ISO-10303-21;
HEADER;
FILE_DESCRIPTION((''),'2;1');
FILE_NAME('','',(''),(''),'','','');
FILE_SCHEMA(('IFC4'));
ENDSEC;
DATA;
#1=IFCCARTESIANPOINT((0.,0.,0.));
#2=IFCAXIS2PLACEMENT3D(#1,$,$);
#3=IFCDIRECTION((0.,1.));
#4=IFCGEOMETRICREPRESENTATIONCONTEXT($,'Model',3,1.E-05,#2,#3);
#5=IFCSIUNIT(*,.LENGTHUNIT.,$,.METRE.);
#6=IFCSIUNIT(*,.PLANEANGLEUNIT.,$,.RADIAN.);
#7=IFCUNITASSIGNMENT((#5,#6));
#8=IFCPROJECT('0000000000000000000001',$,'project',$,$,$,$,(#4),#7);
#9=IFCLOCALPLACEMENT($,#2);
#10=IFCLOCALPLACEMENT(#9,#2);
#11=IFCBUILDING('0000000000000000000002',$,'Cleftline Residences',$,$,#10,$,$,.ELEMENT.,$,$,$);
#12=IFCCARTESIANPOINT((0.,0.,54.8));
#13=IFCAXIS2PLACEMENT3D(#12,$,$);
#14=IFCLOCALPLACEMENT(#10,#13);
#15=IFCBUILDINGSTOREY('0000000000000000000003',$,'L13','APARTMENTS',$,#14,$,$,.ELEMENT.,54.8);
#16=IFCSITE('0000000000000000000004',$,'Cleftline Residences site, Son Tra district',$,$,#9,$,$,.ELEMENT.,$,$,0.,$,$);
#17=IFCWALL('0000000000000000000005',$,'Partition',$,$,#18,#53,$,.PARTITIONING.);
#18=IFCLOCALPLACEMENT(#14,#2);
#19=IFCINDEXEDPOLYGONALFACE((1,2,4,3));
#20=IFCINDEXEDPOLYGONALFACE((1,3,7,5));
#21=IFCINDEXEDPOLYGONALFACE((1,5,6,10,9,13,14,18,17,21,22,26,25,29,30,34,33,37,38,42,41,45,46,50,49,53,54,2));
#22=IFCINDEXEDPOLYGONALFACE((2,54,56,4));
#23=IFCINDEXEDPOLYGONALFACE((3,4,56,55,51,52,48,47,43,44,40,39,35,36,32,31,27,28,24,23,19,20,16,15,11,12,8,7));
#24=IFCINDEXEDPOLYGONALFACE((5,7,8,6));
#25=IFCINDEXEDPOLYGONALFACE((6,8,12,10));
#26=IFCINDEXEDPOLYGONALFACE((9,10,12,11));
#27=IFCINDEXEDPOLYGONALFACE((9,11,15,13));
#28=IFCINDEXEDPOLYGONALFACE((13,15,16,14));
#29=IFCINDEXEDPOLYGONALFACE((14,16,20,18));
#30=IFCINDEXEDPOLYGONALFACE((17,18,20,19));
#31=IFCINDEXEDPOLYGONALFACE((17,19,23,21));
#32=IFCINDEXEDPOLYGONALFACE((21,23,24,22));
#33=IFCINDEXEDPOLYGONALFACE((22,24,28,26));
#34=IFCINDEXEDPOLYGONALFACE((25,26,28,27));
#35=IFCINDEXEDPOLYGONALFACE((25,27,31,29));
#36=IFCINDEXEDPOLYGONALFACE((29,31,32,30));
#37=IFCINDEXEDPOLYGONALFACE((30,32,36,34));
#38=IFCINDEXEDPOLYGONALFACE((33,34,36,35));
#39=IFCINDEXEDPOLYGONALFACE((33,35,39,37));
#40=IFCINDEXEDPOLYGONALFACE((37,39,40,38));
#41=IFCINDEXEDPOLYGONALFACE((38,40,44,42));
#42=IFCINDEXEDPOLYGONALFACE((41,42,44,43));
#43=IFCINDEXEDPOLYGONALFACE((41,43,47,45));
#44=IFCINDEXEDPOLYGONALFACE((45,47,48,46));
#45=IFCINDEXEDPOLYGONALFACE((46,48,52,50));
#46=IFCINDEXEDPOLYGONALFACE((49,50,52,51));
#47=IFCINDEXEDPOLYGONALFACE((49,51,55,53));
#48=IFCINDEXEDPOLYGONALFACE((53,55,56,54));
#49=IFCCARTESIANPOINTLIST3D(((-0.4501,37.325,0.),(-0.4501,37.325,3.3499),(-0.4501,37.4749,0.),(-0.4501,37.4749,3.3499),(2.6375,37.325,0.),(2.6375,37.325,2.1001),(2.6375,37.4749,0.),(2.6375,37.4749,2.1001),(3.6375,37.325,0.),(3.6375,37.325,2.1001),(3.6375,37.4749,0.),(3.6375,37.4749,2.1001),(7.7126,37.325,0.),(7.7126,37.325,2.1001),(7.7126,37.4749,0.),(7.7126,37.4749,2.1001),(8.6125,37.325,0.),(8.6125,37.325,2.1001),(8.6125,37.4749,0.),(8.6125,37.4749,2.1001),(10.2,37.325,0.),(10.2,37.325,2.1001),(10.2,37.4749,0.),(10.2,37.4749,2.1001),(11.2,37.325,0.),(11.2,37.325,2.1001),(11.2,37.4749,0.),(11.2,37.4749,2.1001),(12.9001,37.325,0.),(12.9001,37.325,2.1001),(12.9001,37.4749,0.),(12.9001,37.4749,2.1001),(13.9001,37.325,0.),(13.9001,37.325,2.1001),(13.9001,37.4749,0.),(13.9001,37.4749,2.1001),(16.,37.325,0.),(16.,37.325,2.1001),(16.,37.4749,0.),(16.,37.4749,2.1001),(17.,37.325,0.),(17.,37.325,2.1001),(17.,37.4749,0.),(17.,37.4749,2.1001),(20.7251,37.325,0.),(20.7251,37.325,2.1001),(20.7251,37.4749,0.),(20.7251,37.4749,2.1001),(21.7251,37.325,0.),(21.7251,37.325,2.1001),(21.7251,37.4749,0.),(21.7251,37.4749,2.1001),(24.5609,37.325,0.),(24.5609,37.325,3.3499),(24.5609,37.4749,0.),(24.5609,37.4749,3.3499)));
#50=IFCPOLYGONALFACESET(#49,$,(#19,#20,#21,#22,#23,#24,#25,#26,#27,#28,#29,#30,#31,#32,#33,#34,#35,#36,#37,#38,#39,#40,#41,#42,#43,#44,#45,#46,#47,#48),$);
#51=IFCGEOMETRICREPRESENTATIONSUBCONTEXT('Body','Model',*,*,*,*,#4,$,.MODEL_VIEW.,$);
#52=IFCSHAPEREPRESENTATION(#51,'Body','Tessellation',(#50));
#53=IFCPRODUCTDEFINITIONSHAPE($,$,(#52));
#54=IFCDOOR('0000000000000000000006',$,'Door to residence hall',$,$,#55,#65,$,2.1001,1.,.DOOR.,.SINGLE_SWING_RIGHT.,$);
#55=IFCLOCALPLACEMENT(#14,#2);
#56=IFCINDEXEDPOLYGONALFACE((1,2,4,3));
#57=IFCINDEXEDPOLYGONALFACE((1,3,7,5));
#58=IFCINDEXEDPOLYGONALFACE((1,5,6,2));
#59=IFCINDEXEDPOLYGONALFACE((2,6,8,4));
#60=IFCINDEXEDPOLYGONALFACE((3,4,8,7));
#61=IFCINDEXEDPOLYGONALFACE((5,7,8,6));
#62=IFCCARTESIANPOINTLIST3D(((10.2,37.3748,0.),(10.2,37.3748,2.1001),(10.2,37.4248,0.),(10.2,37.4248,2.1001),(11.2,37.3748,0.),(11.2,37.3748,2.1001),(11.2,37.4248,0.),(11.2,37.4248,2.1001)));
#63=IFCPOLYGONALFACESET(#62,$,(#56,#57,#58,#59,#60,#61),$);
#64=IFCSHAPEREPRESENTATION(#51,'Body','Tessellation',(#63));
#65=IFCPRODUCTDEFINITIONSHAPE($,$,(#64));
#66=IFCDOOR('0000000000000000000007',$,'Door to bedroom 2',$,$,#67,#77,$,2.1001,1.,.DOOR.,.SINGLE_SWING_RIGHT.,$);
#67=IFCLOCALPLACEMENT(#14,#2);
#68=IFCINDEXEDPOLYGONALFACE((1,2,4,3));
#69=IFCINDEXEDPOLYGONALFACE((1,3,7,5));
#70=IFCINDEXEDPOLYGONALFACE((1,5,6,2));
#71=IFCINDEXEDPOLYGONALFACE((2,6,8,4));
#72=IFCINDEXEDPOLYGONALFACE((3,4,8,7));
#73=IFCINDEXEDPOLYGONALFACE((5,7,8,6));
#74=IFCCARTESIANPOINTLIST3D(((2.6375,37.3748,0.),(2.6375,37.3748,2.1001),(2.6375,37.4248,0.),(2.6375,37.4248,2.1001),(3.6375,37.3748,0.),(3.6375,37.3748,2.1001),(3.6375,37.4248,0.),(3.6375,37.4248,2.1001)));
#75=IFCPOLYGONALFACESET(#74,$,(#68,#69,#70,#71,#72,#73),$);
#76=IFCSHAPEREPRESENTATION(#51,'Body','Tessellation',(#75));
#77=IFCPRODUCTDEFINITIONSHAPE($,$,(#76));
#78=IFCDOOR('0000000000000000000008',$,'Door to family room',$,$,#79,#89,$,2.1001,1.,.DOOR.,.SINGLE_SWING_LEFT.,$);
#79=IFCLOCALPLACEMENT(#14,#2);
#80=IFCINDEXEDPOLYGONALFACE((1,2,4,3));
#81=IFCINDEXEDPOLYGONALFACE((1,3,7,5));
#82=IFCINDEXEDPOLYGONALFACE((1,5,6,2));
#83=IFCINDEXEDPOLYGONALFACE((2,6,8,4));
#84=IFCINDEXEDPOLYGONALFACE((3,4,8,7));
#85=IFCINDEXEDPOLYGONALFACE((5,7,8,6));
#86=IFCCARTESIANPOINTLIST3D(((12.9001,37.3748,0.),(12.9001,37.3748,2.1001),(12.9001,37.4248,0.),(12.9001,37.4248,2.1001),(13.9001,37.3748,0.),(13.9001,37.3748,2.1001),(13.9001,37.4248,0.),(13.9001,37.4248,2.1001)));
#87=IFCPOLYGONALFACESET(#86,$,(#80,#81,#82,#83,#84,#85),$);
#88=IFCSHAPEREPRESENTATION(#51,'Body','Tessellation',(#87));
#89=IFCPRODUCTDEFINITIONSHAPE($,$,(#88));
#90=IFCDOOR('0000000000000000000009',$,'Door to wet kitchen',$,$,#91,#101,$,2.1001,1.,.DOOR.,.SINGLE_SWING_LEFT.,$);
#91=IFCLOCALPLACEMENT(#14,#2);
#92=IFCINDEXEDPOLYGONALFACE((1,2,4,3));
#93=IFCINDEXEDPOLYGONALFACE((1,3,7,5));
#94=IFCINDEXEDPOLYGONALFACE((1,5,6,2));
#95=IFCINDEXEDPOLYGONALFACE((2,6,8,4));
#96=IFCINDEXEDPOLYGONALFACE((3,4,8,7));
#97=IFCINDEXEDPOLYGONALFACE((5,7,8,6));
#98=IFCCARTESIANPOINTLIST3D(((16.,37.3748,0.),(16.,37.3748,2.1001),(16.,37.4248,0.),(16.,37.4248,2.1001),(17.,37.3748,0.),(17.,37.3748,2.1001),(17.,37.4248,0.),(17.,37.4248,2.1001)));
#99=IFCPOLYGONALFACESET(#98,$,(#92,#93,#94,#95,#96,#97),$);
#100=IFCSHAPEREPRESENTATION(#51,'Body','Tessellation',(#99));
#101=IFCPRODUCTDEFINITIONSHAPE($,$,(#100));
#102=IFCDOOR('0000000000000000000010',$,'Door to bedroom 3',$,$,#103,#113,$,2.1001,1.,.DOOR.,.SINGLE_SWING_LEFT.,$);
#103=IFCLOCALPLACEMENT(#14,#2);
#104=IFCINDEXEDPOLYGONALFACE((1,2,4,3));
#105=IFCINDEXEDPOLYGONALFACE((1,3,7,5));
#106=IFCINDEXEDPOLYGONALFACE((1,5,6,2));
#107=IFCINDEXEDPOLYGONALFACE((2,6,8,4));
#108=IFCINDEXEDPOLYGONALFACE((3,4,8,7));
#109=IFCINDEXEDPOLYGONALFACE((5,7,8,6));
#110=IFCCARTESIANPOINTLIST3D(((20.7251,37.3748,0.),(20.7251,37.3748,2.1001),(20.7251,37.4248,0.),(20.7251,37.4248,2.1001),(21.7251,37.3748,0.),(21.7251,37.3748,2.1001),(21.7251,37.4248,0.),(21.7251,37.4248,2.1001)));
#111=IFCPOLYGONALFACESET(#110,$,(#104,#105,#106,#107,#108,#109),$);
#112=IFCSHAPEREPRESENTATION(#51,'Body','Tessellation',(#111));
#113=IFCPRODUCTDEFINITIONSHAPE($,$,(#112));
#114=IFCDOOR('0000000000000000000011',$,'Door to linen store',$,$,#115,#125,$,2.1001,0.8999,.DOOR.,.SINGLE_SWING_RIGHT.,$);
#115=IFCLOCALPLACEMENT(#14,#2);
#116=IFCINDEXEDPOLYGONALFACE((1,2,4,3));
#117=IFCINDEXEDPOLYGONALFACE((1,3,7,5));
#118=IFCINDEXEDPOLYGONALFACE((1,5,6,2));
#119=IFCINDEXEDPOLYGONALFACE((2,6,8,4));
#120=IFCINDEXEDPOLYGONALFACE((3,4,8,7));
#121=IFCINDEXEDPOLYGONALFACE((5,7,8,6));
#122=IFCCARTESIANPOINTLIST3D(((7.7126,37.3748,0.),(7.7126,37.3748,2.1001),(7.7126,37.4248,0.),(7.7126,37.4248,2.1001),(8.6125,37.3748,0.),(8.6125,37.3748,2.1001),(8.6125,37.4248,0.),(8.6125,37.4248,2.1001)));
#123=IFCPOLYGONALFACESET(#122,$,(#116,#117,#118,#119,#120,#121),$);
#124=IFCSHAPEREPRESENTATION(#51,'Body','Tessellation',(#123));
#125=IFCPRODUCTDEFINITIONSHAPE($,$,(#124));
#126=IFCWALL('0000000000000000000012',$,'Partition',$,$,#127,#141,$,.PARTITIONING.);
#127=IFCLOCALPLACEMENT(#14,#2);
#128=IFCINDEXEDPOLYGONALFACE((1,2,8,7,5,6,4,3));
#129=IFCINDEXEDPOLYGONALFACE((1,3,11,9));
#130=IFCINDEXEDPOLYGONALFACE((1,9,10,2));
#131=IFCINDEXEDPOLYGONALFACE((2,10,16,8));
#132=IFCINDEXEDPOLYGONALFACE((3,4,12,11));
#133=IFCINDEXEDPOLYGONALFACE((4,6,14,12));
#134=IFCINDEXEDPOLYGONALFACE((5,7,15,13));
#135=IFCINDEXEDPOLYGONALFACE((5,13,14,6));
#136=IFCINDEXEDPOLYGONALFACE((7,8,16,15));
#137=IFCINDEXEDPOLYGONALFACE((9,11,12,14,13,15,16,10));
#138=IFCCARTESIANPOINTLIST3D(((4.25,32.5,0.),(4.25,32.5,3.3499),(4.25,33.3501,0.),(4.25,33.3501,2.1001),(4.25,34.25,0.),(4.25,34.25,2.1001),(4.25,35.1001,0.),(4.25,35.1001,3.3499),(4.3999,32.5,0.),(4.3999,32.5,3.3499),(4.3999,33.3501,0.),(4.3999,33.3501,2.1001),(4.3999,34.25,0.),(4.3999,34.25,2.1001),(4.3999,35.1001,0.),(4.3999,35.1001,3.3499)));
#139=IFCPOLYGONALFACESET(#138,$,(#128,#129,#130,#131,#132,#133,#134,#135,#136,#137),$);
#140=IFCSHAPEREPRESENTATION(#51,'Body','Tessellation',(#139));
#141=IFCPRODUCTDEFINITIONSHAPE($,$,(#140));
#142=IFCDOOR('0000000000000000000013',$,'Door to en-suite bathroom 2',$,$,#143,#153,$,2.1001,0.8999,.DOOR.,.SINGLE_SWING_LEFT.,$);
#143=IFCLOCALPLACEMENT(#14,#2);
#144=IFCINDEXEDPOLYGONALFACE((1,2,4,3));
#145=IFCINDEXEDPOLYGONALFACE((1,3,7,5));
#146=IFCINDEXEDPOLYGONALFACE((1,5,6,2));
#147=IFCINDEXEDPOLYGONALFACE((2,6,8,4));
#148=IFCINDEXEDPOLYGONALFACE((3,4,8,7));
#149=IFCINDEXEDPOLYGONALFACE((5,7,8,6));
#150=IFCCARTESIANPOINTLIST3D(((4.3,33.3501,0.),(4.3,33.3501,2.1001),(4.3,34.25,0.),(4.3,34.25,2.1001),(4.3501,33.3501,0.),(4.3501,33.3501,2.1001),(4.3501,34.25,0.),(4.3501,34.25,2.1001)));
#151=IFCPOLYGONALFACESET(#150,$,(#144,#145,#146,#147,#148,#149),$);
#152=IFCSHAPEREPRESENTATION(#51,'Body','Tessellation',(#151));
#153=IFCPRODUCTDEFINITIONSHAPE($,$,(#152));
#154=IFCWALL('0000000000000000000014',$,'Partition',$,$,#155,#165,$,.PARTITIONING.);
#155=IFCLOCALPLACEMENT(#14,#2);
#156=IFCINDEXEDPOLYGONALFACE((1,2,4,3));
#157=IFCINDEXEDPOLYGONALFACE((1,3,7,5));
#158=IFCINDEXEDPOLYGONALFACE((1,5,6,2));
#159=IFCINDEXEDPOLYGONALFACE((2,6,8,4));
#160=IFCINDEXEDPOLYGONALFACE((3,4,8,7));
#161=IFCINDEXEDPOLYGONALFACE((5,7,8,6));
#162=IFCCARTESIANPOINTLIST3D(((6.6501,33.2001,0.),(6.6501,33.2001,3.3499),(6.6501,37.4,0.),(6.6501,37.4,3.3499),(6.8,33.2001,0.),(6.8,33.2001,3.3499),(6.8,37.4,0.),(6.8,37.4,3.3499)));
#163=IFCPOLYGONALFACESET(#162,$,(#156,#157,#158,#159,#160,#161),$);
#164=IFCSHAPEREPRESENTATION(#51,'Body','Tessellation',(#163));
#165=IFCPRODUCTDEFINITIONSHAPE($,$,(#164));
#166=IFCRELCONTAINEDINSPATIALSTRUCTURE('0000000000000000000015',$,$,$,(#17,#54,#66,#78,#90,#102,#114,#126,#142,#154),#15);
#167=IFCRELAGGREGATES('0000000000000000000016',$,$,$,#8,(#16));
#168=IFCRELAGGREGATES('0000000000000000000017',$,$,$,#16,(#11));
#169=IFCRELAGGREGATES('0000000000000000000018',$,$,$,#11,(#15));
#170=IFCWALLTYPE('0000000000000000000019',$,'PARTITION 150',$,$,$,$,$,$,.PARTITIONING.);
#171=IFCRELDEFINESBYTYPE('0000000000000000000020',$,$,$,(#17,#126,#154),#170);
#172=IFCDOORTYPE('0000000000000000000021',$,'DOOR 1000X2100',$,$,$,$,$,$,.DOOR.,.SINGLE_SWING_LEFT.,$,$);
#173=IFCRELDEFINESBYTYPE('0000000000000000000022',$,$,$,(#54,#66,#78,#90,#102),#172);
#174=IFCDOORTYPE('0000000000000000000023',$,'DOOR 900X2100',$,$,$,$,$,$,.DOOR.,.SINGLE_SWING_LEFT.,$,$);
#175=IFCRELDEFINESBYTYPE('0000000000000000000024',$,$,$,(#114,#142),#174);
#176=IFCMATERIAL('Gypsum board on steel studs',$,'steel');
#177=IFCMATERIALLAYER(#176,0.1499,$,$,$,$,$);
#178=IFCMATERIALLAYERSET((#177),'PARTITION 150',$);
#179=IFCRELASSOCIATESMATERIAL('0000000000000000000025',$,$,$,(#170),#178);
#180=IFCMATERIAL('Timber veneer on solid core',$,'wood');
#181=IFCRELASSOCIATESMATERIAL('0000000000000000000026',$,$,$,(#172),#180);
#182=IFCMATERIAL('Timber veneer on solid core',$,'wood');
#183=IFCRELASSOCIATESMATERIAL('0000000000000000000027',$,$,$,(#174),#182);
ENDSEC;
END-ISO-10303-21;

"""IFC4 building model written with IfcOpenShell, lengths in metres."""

from ifc_helpers import new_model, si_unit, direction, frame, frame_2d, origin, place, context, subcontext, project, spatial, rectangle, extrude, material, layer, layer_set, type_object, element, fill, save


model = new_model("IFC4")

# Units and contexts
model_context = context("Model", 3, precision=1e-05, world=origin(), true_north=direction((0.0, 1.0)))
body_context = subcontext(model_context, "Body", "Model", "MODEL_VIEW")
ifc_project = project(units=[si_unit("LENGTHUNIT", "METRE"), si_unit("PLANEANGLEUNIT", "RADIAN")], contexts=[model_context])

# Site, building, storey
site_placement = place(None, origin())
site = spatial("IfcSite", under=ifc_project, at=site_placement, Name="Cleftline Residences site, Son Tra district", CompositionType="ELEMENT", RefElevation=0.0)
building_placement = place(site_placement, origin())
building = spatial("IfcBuilding", under=site, at=building_placement, Name="Cleftline Residences", CompositionType="ELEMENT")
storey_placement = place(building_placement, frame((0.0, 0.0, 54.8)))
storey = spatial("IfcBuildingStorey", under=building, at=storey_placement, Name="L13", Description="APARTMENTS", CompositionType="ELEMENT", Elevation=54.8)

# Shared definitions
ifc_material_1 = material(Name="Gypsum board on steel studs", Category="steel")
ifc_layer = layer(ifc_material_1, 0.1499)
ifc_layer_set = layer_set([ifc_layer], Name="PARTITION 150")
wall_type = type_object("IfcWallType", Name="PARTITION 150", PredefinedType="PARTITIONING", material=ifc_layer_set)

# Wall, openings, doors
wall_1_placement = place(storey_placement, frame((-0.45, 37.3999, 0.0), z_axis=(0.0, 0.0, 1.0), x_axis=(1.0, 0.0, 0.0)))
wall_1 = element("IfcWall", 1, at=wall_1_placement, inside=storey, type_object=wall_type, Name="Partition", PredefinedType="PARTITIONING", context=body_context, shape_type="SweptSolid", body=[
    extrude(rectangle(XDim=25.011, YDim=0.1499, at=frame_2d((12.5054, 0.0))), origin(), (0.0, 0.0, 1.0), 3.3499),
])
opening_1_placement = place(wall_1_placement, frame((10.6499, 0.0, 0.0)))
opening_1 = element("IfcOpeningElement", 2, at=opening_1_placement, cuts=wall_1, PredefinedType="OPENING", context=body_context, shape_type="SweptSolid", body=[
    extrude(rectangle(XDim=1.0, YDim=2.1001, at=frame_2d((0.5, 1.05))), frame((0.0, 0.085, 0.0), z_axis=(0.0, -1.0, 0.0), x_axis=(1.0, 0.0, 0.0)), (0.0, 0.0, 1.0), 0.1699),
])
opening_2_placement = place(wall_1_placement, frame((3.0874, 0.0, 0.0)))
opening_2 = element("IfcOpeningElement", 3, at=opening_2_placement, cuts=wall_1, PredefinedType="OPENING", context=body_context, shape_type="SweptSolid", body=[
    extrude(rectangle(XDim=1.0, YDim=2.1001, at=frame_2d((0.5, 1.05))), frame((0.0, 0.085, 0.0), z_axis=(0.0, -1.0, 0.0), x_axis=(1.0, 0.0, 0.0)), (0.0, 0.0, 1.0), 0.1699),
])
opening_3_placement = place(wall_1_placement, frame((8.1626, 0.0, 0.0)))
opening_3 = element("IfcOpeningElement", 4, at=opening_3_placement, cuts=wall_1, PredefinedType="OPENING", context=body_context, shape_type="SweptSolid", body=[
    extrude(rectangle(XDim=0.8999, YDim=2.1001, at=frame_2d((0.45, 1.05))), frame((0.0, 0.085, 0.0), z_axis=(0.0, -1.0, 0.0), x_axis=(1.0, 0.0, 0.0)), (0.0, 0.0, 1.0), 0.1699),
])
opening_4_placement = place(wall_1_placement, frame((13.3501, 0.0, 0.0)))
opening_4 = element("IfcOpeningElement", 5, at=opening_4_placement, cuts=wall_1, PredefinedType="OPENING", context=body_context, shape_type="SweptSolid", body=[
    extrude(rectangle(XDim=1.0, YDim=2.1001, at=frame_2d((0.5, 1.05))), frame((0.0, 0.085, 0.0), z_axis=(0.0, -1.0, 0.0), x_axis=(1.0, 0.0, 0.0)), (0.0, 0.0, 1.0), 0.1699),
])
opening_5_placement = place(wall_1_placement, frame((16.45, 0.0, 0.0)))
opening_5 = element("IfcOpeningElement", 6, at=opening_5_placement, cuts=wall_1, PredefinedType="OPENING", context=body_context, shape_type="SweptSolid", body=[
    extrude(rectangle(XDim=1.0, YDim=2.1001, at=frame_2d((0.5, 1.05))), frame((0.0, 0.085, 0.0), z_axis=(0.0, -1.0, 0.0), x_axis=(1.0, 0.0, 0.0)), (0.0, 0.0, 1.0), 0.1699),
])
opening_6_placement = place(wall_1_placement, frame((21.175, 0.0, 0.0)))
opening_6 = element("IfcOpeningElement", 7, at=opening_6_placement, cuts=wall_1, PredefinedType="OPENING", context=body_context, shape_type="SweptSolid", body=[
    extrude(rectangle(XDim=1.0, YDim=2.1001, at=frame_2d((0.5, 1.05))), frame((0.0, 0.085, 0.0), z_axis=(0.0, -1.0, 0.0), x_axis=(1.0, 0.0, 0.0)), (0.0, 0.0, 1.0), 0.1699),
])
ifc_material_2 = material(Name="Timber veneer on solid core", Category="wood")
door_type_1 = type_object("IfcDoorType", Name="DOOR 1000X2100", OperationType="SINGLE_SWING_LEFT", PredefinedType="DOOR", material=ifc_material_2)
door_1_placement = place(opening_1_placement, origin())
door_1 = element("IfcDoor", 8, at=door_1_placement, inside=storey, type_object=door_type_1, Name="Door to residence hall", OperationType="SINGLE_SWING_RIGHT", OverallHeight=2.1001, OverallWidth=1.0, PredefinedType="DOOR", context=body_context, shape_type="SweptSolid", body=[
    extrude(rectangle(XDim=1.0, YDim=2.1001, at=frame_2d((0.5, 1.05))), frame((0.0, 0.0249, 0.0), z_axis=(0.0, -1.0, 0.0), x_axis=(1.0, 0.0, 0.0)), (0.0, 0.0, 1.0), 0.05),
])
fill(opening_1, door_1)
door_2_placement = place(opening_2_placement, origin())
door_2 = element("IfcDoor", 9, at=door_2_placement, inside=storey, type_object=door_type_1, Name="Door to bedroom 2", OperationType="SINGLE_SWING_RIGHT", OverallHeight=2.1001, OverallWidth=1.0, PredefinedType="DOOR", context=body_context, shape_type="SweptSolid", body=[
    extrude(rectangle(XDim=1.0, YDim=2.1001, at=frame_2d((0.5, 1.05))), frame((0.0, 0.0249, 0.0), z_axis=(0.0, -1.0, 0.0), x_axis=(1.0, 0.0, 0.0)), (0.0, 0.0, 1.0), 0.05),
])
fill(opening_2, door_2)
door_3_placement = place(opening_4_placement, origin())
door_3 = element("IfcDoor", 10, at=door_3_placement, inside=storey, type_object=door_type_1, Name="Door to family room", OperationType="SINGLE_SWING_LEFT", OverallHeight=2.1001, OverallWidth=1.0, PredefinedType="DOOR", context=body_context, shape_type="SweptSolid", body=[
    extrude(rectangle(XDim=1.0, YDim=2.1001, at=frame_2d((0.5, 1.05))), frame((0.0, 0.0249, 0.0), z_axis=(0.0, -1.0, 0.0), x_axis=(1.0, 0.0, 0.0)), (0.0, 0.0, 1.0), 0.05),
])
fill(opening_4, door_3)
door_4_placement = place(opening_5_placement, origin())
door_4 = element("IfcDoor", 11, at=door_4_placement, inside=storey, type_object=door_type_1, Name="Door to wet kitchen", OperationType="SINGLE_SWING_LEFT", OverallHeight=2.1001, OverallWidth=1.0, PredefinedType="DOOR", context=body_context, shape_type="SweptSolid", body=[
    extrude(rectangle(XDim=1.0, YDim=2.1001, at=frame_2d((0.5, 1.05))), frame((0.0, 0.0249, 0.0), z_axis=(0.0, -1.0, 0.0), x_axis=(1.0, 0.0, 0.0)), (0.0, 0.0, 1.0), 0.05),
])
fill(opening_5, door_4)
door_5_placement = place(opening_6_placement, origin())
door_5 = element("IfcDoor", 12, at=door_5_placement, inside=storey, type_object=door_type_1, Name="Door to bedroom 3", OperationType="SINGLE_SWING_LEFT", OverallHeight=2.1001, OverallWidth=1.0, PredefinedType="DOOR", context=body_context, shape_type="SweptSolid", body=[
    extrude(rectangle(XDim=1.0, YDim=2.1001, at=frame_2d((0.5, 1.05))), frame((0.0, 0.0249, 0.0), z_axis=(0.0, -1.0, 0.0), x_axis=(1.0, 0.0, 0.0)), (0.0, 0.0, 1.0), 0.05),
])
fill(opening_6, door_5)
ifc_material_3 = material(Name="Timber veneer on solid core", Category="wood")
door_type_2 = type_object("IfcDoorType", Name="DOOR 900X2100", OperationType="SINGLE_SWING_LEFT", PredefinedType="DOOR", material=ifc_material_3)
door_6_placement = place(opening_3_placement, origin())
door_6 = element("IfcDoor", 13, at=door_6_placement, inside=storey, type_object=door_type_2, Name="Door to linen store", OperationType="SINGLE_SWING_RIGHT", OverallHeight=2.1001, OverallWidth=0.8999, PredefinedType="DOOR", context=body_context, shape_type="SweptSolid", body=[
    extrude(rectangle(XDim=0.8999, YDim=2.1001, at=frame_2d((0.45, 1.05))), frame((0.0, 0.0249, 0.0), z_axis=(0.0, -1.0, 0.0), x_axis=(1.0, 0.0, 0.0)), (0.0, 0.0, 1.0), 0.05),
])
fill(opening_3, door_6)

# Wall, opening, door
wall_2_placement = place(storey_placement, frame((4.325, 32.5, 0.0), z_axis=(0.0, 0.0, 1.0), x_axis=(0.0, 1.0, 0.0)))
wall_2 = element("IfcWall", 14, at=wall_2_placement, inside=storey, type_object=wall_type, Name="Partition", PredefinedType="PARTITIONING", context=body_context, shape_type="SweptSolid", body=[
    extrude(rectangle(XDim=2.6001, YDim=0.1499, at=frame_2d((1.3, 0.0))), origin(), (0.0, 0.0, 1.0), 3.3499),
])
opening_7_placement = place(wall_2_placement, frame((0.8501, 0.0, 0.0)))
opening_7 = element("IfcOpeningElement", 15, at=opening_7_placement, cuts=wall_2, PredefinedType="OPENING", context=body_context, shape_type="SweptSolid", body=[
    extrude(rectangle(XDim=0.8999, YDim=2.1001, at=frame_2d((0.45, 1.05))), frame((0.0, 0.085, 0.0), z_axis=(0.0, -1.0, 0.0), x_axis=(1.0, 0.0, 0.0)), (0.0, 0.0, 1.0), 0.1699),
])
door_7_placement = place(opening_7_placement, origin())
door_7 = element("IfcDoor", 16, at=door_7_placement, inside=storey, type_object=door_type_2, Name="Door to en-suite bathroom 2", OperationType="SINGLE_SWING_LEFT", OverallHeight=2.1001, OverallWidth=0.8999, PredefinedType="DOOR", context=body_context, shape_type="SweptSolid", body=[
    extrude(rectangle(XDim=0.8999, YDim=2.1001, at=frame_2d((0.45, 1.05))), frame((0.0, 0.0249, 0.0), z_axis=(0.0, -1.0, 0.0), x_axis=(1.0, 0.0, 0.0)), (0.0, 0.0, 1.0), 0.05),
])
fill(opening_7, door_7)

# Wall
wall_3_placement = place(storey_placement, frame((6.7251, 33.2, 0.0), z_axis=(0.0, 0.0, 1.0), x_axis=(0.0, 1.0, 0.0)))
element("IfcWall", 17, at=wall_3_placement, inside=storey, type_object=wall_type, Name="Partition", PredefinedType="PARTITIONING", context=body_context, shape_type="SweptSolid", body=[
    extrude(rectangle(XDim=4.2, YDim=0.1499, at=frame_2d((2.1001, 0.0))), origin(), (0.0, 0.0, 1.0), 3.3499),
])

save(model, "model.ifc")
